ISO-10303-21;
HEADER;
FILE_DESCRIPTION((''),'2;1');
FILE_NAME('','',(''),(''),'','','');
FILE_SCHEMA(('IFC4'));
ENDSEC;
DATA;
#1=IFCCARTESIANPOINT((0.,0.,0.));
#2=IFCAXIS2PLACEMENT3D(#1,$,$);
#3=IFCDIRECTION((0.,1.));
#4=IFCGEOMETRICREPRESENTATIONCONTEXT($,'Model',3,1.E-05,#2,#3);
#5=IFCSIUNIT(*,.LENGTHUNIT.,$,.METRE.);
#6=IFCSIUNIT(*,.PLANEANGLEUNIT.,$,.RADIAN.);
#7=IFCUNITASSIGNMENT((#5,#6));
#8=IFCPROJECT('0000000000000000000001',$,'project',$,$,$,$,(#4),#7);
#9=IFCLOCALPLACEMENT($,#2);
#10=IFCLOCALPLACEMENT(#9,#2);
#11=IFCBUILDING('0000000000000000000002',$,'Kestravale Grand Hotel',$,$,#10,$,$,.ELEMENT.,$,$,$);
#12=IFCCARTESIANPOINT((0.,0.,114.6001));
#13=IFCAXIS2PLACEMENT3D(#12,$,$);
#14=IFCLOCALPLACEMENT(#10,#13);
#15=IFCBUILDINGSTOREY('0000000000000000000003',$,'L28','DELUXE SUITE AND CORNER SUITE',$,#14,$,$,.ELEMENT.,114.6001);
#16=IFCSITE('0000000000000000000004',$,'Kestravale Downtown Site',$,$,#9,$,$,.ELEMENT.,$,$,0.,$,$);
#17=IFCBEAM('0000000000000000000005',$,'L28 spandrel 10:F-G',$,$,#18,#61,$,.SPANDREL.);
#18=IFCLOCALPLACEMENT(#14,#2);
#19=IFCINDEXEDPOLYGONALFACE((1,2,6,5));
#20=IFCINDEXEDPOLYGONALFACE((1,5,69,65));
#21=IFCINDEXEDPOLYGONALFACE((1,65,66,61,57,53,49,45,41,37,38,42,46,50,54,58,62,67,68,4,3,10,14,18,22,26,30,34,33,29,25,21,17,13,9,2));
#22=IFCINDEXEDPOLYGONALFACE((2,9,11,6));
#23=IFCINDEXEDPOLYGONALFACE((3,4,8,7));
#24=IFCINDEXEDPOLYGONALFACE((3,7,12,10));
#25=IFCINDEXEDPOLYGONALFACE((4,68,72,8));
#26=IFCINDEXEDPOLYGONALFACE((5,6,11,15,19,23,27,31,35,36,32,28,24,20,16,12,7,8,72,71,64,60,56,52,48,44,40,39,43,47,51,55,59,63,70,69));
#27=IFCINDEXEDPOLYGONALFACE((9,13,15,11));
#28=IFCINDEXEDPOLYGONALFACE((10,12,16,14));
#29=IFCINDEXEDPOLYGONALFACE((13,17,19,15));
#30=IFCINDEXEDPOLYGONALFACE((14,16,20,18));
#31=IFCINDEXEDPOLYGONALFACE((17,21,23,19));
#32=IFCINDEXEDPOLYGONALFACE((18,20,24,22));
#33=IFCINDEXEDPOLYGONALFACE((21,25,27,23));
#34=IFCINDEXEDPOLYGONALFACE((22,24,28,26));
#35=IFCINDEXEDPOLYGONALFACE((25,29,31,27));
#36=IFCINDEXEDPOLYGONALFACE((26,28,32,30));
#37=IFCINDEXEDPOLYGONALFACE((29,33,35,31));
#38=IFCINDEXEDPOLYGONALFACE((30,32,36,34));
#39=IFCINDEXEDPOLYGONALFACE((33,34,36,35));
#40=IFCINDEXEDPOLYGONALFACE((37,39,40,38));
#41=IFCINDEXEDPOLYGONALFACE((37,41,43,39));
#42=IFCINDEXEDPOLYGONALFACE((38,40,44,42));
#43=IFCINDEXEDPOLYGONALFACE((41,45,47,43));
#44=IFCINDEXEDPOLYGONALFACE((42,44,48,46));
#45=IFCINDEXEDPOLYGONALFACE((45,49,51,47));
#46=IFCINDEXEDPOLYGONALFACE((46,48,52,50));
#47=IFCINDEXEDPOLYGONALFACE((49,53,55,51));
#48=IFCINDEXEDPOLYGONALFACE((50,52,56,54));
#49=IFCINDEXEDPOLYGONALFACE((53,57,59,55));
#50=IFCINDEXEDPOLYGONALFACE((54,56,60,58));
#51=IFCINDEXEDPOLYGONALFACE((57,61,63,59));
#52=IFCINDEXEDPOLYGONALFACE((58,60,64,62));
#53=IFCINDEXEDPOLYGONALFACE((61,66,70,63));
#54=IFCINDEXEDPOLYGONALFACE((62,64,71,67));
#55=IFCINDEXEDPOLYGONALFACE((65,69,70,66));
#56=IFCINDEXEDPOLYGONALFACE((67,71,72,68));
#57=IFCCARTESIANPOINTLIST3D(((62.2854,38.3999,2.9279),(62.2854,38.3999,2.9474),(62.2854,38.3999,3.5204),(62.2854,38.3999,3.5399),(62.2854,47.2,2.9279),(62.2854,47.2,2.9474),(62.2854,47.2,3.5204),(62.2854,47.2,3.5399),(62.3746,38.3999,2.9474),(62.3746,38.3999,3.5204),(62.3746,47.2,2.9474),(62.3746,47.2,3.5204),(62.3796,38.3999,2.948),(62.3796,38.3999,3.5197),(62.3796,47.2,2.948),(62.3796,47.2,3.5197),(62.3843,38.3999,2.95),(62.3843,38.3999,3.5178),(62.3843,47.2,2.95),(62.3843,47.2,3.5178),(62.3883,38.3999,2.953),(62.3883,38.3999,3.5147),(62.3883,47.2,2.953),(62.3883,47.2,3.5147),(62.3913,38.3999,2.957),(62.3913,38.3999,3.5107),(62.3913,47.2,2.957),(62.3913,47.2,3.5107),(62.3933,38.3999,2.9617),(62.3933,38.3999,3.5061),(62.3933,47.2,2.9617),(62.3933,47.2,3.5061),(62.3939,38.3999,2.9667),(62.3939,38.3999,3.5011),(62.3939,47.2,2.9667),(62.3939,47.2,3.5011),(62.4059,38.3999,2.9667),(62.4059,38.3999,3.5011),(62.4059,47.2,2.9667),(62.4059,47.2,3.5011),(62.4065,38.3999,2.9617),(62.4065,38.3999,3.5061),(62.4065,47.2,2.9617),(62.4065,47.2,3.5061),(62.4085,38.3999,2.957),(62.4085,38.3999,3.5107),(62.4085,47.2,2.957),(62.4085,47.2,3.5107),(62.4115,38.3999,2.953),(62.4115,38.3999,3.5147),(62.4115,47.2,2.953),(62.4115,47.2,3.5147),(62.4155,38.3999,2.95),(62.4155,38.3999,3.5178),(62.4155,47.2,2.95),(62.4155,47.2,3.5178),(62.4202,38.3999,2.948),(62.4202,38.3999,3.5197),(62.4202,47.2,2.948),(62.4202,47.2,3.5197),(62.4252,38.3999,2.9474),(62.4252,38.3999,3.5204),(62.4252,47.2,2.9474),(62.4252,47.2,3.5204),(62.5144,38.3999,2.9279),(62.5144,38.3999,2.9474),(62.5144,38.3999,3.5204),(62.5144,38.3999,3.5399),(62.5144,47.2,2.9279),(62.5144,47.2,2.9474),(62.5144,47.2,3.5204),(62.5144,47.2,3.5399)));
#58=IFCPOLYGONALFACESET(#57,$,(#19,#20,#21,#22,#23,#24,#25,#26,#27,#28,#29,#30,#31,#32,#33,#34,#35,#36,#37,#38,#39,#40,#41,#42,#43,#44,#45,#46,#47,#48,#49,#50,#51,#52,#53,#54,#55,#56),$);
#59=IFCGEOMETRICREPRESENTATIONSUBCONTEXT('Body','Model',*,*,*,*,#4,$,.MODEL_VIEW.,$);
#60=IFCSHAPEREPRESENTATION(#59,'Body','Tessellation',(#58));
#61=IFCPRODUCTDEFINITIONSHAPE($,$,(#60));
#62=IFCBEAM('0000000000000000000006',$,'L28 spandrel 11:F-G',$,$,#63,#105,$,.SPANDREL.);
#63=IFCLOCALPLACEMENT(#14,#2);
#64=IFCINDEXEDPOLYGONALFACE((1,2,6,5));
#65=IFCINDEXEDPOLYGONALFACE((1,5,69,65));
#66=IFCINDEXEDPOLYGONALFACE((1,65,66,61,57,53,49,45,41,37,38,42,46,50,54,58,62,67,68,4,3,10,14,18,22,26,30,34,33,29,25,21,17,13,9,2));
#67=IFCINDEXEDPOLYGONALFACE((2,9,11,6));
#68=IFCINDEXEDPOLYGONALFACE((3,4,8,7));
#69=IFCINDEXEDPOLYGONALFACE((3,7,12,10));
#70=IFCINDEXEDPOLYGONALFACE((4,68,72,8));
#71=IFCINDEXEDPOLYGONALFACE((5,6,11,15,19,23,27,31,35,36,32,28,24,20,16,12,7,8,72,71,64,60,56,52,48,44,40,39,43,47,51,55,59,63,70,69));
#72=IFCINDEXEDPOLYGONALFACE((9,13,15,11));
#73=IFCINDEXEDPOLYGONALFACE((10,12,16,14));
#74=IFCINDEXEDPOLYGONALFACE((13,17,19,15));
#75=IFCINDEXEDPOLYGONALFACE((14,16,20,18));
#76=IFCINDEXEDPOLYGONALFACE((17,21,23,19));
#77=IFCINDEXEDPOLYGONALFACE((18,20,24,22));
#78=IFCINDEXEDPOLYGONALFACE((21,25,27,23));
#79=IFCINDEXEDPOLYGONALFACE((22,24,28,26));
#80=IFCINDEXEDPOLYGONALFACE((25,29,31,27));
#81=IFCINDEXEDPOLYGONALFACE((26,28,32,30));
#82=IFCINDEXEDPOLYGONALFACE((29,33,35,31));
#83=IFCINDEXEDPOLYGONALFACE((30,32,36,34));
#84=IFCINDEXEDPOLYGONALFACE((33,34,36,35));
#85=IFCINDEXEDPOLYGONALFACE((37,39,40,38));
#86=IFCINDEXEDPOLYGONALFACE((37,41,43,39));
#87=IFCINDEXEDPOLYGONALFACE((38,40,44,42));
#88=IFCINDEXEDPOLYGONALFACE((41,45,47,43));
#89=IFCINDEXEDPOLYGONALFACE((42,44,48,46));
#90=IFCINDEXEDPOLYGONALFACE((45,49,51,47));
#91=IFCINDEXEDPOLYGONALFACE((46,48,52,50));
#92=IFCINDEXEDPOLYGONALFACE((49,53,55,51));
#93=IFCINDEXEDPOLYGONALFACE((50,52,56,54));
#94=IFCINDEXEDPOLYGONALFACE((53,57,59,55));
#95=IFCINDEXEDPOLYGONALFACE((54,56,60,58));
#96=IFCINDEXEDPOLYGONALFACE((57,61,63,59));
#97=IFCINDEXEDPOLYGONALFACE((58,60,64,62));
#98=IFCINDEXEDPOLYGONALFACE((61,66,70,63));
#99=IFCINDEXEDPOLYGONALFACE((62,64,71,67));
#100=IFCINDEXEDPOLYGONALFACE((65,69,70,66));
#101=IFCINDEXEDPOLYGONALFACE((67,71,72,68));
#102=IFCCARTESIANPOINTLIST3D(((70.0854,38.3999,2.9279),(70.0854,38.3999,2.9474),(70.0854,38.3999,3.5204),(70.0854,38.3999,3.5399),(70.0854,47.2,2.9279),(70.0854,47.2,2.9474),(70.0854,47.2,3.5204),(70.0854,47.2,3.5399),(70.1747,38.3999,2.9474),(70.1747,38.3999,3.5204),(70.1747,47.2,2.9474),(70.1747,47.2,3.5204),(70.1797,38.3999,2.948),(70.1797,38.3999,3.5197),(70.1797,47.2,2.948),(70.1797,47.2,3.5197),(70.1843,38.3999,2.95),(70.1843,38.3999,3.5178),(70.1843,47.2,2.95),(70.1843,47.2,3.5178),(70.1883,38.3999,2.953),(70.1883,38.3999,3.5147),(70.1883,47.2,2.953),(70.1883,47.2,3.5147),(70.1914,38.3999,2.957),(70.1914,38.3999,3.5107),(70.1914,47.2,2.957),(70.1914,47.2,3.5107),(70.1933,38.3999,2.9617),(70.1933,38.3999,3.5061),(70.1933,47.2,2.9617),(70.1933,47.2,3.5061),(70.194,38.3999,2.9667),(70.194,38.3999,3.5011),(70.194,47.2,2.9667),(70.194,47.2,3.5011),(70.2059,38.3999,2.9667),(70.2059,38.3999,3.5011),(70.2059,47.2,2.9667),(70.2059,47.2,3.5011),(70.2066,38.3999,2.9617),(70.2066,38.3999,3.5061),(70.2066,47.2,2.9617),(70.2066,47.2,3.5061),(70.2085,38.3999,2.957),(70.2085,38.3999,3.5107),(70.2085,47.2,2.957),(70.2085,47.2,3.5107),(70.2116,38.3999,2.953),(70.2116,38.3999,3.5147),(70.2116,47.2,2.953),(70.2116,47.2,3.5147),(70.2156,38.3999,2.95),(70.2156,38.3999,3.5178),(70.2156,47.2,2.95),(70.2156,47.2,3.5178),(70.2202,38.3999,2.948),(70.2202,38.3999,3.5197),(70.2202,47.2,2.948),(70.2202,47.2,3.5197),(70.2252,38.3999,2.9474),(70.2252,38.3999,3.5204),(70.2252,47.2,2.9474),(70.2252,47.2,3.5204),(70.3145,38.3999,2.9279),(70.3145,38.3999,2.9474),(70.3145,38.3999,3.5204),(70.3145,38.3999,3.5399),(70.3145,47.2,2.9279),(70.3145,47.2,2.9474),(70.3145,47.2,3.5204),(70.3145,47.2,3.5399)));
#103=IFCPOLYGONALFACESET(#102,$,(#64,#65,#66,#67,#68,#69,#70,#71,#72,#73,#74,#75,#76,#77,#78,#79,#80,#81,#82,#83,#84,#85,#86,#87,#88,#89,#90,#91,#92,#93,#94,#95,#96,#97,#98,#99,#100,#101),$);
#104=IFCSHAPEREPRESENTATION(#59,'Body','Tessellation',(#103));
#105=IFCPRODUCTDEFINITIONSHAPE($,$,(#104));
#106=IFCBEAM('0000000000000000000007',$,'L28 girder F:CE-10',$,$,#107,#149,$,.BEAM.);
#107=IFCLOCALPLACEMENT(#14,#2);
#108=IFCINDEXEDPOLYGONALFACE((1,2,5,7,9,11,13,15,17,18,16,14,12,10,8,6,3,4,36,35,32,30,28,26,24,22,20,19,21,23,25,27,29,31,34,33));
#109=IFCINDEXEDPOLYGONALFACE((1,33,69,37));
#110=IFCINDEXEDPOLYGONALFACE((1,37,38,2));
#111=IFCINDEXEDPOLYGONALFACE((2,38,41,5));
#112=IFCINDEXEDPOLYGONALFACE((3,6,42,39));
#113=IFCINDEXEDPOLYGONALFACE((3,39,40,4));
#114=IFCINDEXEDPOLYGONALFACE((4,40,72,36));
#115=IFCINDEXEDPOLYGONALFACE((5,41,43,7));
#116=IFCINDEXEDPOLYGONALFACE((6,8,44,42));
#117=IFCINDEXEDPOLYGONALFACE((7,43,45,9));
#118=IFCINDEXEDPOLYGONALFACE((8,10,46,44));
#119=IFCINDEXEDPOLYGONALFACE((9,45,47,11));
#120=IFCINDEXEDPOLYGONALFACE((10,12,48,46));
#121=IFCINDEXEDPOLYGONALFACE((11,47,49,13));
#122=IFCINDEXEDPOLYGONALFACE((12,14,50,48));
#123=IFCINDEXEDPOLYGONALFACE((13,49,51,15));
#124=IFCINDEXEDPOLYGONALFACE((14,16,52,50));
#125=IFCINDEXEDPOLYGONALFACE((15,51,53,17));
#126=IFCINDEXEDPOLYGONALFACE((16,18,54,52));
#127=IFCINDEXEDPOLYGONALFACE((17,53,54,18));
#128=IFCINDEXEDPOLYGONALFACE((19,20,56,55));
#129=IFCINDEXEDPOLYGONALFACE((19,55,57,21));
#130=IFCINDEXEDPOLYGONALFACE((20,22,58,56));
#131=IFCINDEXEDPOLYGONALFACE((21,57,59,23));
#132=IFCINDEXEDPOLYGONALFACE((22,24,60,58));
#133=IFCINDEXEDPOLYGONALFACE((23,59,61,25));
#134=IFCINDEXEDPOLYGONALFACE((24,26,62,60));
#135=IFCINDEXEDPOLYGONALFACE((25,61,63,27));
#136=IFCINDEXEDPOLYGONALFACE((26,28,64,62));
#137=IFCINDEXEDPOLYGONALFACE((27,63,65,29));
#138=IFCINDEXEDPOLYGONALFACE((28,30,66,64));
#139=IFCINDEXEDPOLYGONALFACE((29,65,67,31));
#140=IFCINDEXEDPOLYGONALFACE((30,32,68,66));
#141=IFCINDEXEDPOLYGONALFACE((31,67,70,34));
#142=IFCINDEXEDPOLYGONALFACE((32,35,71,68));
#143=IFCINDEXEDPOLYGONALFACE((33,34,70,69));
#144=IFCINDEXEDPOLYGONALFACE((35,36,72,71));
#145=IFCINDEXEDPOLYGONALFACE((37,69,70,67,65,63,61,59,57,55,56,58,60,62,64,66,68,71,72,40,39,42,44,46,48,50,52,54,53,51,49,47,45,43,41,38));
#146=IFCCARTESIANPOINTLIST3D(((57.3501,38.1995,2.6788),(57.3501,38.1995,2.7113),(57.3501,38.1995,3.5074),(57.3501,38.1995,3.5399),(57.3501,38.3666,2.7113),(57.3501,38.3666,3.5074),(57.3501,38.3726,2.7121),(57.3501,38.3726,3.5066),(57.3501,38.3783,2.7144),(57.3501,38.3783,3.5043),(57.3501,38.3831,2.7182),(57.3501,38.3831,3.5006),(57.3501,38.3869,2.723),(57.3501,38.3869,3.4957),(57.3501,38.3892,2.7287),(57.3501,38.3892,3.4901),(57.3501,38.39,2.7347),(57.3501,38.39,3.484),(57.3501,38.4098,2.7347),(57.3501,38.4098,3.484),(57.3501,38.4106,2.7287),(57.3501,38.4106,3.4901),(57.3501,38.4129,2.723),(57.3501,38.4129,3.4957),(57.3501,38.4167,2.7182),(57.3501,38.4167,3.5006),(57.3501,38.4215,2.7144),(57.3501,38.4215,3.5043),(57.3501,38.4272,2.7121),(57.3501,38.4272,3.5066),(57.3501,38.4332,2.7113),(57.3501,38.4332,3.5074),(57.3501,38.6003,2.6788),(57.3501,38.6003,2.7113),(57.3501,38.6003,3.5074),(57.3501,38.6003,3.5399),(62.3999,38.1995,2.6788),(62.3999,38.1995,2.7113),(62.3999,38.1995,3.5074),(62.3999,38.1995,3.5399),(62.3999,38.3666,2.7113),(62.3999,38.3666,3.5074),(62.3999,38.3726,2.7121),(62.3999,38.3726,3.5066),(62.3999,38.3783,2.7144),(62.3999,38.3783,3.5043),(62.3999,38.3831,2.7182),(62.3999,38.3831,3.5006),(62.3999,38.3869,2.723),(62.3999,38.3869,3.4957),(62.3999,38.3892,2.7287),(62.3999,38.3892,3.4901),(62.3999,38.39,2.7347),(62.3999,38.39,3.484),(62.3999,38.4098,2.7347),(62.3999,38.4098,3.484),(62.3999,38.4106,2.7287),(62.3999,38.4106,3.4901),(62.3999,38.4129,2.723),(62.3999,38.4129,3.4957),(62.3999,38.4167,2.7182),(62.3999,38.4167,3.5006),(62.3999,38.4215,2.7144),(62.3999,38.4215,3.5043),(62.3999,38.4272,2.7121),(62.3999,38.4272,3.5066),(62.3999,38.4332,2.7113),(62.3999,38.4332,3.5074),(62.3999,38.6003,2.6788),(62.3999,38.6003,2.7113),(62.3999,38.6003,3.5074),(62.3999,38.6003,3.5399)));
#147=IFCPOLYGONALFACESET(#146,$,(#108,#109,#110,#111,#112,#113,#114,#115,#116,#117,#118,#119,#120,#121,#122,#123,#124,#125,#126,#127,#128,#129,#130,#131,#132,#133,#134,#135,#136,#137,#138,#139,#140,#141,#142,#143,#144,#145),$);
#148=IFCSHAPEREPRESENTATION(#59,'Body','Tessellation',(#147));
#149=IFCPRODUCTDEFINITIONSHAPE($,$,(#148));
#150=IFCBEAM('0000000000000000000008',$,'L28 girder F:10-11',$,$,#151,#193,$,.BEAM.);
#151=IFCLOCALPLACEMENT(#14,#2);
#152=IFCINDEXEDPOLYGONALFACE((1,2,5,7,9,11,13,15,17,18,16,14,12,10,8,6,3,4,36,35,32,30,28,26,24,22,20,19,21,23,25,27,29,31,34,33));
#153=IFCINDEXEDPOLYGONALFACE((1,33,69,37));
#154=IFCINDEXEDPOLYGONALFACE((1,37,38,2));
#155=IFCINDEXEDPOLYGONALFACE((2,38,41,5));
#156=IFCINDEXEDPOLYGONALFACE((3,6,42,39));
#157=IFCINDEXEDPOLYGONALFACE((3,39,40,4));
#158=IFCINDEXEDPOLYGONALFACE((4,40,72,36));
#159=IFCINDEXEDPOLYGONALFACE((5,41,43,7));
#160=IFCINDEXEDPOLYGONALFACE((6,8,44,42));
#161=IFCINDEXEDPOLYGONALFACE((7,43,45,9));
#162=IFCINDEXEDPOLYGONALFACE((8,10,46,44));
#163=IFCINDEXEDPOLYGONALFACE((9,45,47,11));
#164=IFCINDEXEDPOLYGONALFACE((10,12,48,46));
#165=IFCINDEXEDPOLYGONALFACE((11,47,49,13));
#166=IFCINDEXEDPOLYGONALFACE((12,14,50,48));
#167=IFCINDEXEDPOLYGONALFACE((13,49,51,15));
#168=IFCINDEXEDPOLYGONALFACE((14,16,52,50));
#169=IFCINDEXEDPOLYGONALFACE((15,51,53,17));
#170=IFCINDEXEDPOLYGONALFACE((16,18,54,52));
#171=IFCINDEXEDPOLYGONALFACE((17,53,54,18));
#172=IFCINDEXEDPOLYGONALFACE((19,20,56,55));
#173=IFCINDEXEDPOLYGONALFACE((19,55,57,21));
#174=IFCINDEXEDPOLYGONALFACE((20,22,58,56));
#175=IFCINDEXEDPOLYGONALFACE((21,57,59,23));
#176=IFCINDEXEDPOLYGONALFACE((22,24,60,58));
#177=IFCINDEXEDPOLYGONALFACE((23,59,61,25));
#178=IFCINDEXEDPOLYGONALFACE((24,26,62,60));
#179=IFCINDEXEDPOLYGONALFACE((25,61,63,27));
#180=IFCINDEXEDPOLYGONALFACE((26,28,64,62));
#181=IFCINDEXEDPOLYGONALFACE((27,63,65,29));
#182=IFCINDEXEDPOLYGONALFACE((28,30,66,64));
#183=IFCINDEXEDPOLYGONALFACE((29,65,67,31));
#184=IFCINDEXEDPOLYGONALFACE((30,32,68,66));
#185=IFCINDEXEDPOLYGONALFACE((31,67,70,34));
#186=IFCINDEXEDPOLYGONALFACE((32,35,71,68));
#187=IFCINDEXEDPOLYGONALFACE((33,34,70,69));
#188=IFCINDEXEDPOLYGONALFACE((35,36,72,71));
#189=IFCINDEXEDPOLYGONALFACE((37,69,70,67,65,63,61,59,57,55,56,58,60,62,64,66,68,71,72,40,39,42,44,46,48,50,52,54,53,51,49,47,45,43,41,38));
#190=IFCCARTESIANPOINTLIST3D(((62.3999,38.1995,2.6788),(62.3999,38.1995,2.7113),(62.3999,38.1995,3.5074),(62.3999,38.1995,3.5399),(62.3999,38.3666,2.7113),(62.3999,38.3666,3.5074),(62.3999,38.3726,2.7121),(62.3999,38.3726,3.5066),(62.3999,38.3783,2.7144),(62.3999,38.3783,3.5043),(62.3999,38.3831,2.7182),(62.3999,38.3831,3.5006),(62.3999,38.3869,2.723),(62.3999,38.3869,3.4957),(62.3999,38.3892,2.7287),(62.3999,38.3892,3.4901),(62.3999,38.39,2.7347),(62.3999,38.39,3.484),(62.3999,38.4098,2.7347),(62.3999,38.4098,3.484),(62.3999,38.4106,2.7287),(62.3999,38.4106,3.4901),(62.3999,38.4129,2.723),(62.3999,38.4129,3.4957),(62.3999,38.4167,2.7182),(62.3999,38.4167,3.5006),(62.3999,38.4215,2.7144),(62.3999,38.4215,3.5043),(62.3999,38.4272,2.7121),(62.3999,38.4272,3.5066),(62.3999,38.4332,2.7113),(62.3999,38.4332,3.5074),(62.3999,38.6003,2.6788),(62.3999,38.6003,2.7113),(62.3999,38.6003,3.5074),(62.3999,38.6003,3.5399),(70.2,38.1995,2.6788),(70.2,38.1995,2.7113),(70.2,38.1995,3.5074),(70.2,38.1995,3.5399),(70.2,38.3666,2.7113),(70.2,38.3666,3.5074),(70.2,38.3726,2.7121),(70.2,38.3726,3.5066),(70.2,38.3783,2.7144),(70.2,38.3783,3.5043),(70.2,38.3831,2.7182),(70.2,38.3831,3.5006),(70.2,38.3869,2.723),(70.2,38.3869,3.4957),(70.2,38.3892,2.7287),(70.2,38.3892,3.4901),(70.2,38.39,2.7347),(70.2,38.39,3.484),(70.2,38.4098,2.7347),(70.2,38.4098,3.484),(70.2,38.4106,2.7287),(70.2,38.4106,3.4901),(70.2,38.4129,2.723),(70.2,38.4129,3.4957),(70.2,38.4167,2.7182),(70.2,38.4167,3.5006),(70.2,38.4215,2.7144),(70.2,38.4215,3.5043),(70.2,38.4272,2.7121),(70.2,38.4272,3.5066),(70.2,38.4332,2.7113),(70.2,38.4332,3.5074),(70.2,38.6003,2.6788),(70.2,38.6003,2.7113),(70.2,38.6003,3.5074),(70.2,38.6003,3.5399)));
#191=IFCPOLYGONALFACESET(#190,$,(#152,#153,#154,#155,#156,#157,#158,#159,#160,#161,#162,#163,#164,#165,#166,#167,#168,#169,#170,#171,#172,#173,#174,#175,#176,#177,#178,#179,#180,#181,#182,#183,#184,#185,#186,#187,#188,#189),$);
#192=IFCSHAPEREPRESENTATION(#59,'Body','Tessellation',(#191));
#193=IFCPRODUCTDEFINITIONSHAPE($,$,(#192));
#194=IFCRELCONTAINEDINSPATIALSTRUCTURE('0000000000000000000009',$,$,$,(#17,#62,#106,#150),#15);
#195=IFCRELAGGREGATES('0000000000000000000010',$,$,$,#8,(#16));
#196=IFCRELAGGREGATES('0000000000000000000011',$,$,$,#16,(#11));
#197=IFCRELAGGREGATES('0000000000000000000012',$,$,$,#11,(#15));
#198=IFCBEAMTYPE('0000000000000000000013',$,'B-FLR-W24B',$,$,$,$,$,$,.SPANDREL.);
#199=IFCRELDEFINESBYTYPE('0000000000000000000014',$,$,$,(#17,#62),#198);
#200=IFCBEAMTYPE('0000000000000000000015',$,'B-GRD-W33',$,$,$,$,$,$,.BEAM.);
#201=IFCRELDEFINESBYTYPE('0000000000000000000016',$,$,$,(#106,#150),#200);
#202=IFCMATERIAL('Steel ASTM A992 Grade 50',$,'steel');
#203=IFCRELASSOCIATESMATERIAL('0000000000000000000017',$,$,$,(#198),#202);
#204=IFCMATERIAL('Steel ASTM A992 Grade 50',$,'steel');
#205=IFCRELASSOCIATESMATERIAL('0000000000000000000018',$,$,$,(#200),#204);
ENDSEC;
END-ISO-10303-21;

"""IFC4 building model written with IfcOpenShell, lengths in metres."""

from ifc_helpers import new_model, si_unit, direction, frame, origin, origin_2d, place, context, subcontext, project, spatial, i_section, extrude, material, material_profile, profile_set, type_object, element, save


model = new_model("IFC4")

# Units and contexts
model_context = context("Model", 3, precision=1e-05, world=origin(), true_north=direction((0.0, 1.0)))
body_context = subcontext(model_context, "Body", "Model", "MODEL_VIEW")
ifc_project = project(units=[si_unit("LENGTHUNIT", "METRE"), si_unit("PLANEANGLEUNIT", "RADIAN")], contexts=[model_context])

# Site, building, storey
site_placement = place(None, origin())
site = spatial("IfcSite", under=ifc_project, at=site_placement, Name="Kestravale Downtown Site", CompositionType="ELEMENT", RefElevation=0.0)
building_placement = place(site_placement, origin())
building = spatial("IfcBuilding", under=site, at=building_placement, Name="Kestravale Grand Hotel", CompositionType="ELEMENT")
storey_placement = place(building_placement, frame((0.0, 0.0, 114.6001)))
storey = spatial("IfcBuildingStorey", under=building, at=storey_placement, Name="L28", Description="DELUXE SUITE AND CORNER SUITE", CompositionType="ELEMENT", Elevation=114.6001)

# Beams
ifc_material_1 = material(Name="Steel ASTM A992 Grade 50", Category="steel")
ifc_material_profile_1 = material_profile(ifc_material_1, i_section(OverallWidth=0.229, OverallDepth=0.6121, WebThickness=0.012, FlangeThickness=0.0195, FilletRadius=0.0193, at=origin_2d()))
ifc_profile_set_1 = profile_set([ifc_material_profile_1], Name="Steel ASTM A992 Grade 50")
beam_type_1 = type_object("IfcBeamType", Name="B-FLR-W24B", PredefinedType="SPANDREL", material=ifc_profile_set_1)
for number, where, z_axis, x_axis, name in (
    (1, (62.3999, 38.3999, 3.2339), (0.0, 1.0, 0.0), (-1.0, 0.0, 0.0), "L28 spandrel 10:F-G"),
    (2, (70.2, 38.3999, 3.2339), (0.0, 1.0, 0.0), (-1.0, 0.0, 0.0), "L28 spandrel 11:F-G"),
):
    element("IfcBeam", number, at=place(storey_placement, frame(where, z_axis=z_axis, x_axis=x_axis)), inside=storey, type_object=beam_type_1, Name=name, PredefinedType="SPANDREL", context=body_context, shape_type="SweptSolid", body=[
        extrude(i_section(OverallWidth=0.229, OverallDepth=0.6121, WebThickness=0.012, FlangeThickness=0.0195, FilletRadius=0.0193, at=origin_2d()), origin(), (0.0, 0.0, 1.0), 8.8),
    ])
ifc_material_2 = material(Name="Steel ASTM A992 Grade 50", Category="steel")
ifc_material_profile_2 = material_profile(ifc_material_2, i_section(OverallWidth=0.4009, OverallDepth=0.8611, WebThickness=0.0198, FlangeThickness=0.0325, FilletRadius=0.0234, at=origin_2d()))
ifc_profile_set_2 = profile_set([ifc_material_profile_2], Name="Steel ASTM A992 Grade 50")
beam_type_2 = type_object("IfcBeamType", Name="B-GRD-W33", PredefinedType="BEAM", material=ifc_profile_set_2)
beam_1_placement = place(storey_placement, frame((57.3501, 38.3999, 3.1094), z_axis=(1.0, 0.0, 0.0), x_axis=(0.0, 1.0, 0.0)))
element("IfcBeam", 3, at=beam_1_placement, inside=storey, type_object=beam_type_2, Name="L28 girder F:CE-10", PredefinedType="BEAM", context=body_context, shape_type="SweptSolid", body=[
    extrude(i_section(OverallWidth=0.4009, OverallDepth=0.8611, WebThickness=0.0198, FlangeThickness=0.0325, FilletRadius=0.0234, at=origin_2d()), origin(), (0.0, 0.0, 1.0), 5.0498),
])
beam_2_placement = place(storey_placement, frame((62.3999, 38.3999, 3.1094), z_axis=(1.0, 0.0, 0.0), x_axis=(0.0, 1.0, 0.0)))
element("IfcBeam", 4, at=beam_2_placement, inside=storey, type_object=beam_type_2, Name="L28 girder F:10-11", PredefinedType="BEAM", context=body_context, shape_type="SweptSolid", body=[
    extrude(i_section(OverallWidth=0.4009, OverallDepth=0.8611, WebThickness=0.0198, FlangeThickness=0.0325, FilletRadius=0.0234, at=origin_2d()), origin(), (0.0, 0.0, 1.0), 7.8),
])

save(model, "model.ifc")
